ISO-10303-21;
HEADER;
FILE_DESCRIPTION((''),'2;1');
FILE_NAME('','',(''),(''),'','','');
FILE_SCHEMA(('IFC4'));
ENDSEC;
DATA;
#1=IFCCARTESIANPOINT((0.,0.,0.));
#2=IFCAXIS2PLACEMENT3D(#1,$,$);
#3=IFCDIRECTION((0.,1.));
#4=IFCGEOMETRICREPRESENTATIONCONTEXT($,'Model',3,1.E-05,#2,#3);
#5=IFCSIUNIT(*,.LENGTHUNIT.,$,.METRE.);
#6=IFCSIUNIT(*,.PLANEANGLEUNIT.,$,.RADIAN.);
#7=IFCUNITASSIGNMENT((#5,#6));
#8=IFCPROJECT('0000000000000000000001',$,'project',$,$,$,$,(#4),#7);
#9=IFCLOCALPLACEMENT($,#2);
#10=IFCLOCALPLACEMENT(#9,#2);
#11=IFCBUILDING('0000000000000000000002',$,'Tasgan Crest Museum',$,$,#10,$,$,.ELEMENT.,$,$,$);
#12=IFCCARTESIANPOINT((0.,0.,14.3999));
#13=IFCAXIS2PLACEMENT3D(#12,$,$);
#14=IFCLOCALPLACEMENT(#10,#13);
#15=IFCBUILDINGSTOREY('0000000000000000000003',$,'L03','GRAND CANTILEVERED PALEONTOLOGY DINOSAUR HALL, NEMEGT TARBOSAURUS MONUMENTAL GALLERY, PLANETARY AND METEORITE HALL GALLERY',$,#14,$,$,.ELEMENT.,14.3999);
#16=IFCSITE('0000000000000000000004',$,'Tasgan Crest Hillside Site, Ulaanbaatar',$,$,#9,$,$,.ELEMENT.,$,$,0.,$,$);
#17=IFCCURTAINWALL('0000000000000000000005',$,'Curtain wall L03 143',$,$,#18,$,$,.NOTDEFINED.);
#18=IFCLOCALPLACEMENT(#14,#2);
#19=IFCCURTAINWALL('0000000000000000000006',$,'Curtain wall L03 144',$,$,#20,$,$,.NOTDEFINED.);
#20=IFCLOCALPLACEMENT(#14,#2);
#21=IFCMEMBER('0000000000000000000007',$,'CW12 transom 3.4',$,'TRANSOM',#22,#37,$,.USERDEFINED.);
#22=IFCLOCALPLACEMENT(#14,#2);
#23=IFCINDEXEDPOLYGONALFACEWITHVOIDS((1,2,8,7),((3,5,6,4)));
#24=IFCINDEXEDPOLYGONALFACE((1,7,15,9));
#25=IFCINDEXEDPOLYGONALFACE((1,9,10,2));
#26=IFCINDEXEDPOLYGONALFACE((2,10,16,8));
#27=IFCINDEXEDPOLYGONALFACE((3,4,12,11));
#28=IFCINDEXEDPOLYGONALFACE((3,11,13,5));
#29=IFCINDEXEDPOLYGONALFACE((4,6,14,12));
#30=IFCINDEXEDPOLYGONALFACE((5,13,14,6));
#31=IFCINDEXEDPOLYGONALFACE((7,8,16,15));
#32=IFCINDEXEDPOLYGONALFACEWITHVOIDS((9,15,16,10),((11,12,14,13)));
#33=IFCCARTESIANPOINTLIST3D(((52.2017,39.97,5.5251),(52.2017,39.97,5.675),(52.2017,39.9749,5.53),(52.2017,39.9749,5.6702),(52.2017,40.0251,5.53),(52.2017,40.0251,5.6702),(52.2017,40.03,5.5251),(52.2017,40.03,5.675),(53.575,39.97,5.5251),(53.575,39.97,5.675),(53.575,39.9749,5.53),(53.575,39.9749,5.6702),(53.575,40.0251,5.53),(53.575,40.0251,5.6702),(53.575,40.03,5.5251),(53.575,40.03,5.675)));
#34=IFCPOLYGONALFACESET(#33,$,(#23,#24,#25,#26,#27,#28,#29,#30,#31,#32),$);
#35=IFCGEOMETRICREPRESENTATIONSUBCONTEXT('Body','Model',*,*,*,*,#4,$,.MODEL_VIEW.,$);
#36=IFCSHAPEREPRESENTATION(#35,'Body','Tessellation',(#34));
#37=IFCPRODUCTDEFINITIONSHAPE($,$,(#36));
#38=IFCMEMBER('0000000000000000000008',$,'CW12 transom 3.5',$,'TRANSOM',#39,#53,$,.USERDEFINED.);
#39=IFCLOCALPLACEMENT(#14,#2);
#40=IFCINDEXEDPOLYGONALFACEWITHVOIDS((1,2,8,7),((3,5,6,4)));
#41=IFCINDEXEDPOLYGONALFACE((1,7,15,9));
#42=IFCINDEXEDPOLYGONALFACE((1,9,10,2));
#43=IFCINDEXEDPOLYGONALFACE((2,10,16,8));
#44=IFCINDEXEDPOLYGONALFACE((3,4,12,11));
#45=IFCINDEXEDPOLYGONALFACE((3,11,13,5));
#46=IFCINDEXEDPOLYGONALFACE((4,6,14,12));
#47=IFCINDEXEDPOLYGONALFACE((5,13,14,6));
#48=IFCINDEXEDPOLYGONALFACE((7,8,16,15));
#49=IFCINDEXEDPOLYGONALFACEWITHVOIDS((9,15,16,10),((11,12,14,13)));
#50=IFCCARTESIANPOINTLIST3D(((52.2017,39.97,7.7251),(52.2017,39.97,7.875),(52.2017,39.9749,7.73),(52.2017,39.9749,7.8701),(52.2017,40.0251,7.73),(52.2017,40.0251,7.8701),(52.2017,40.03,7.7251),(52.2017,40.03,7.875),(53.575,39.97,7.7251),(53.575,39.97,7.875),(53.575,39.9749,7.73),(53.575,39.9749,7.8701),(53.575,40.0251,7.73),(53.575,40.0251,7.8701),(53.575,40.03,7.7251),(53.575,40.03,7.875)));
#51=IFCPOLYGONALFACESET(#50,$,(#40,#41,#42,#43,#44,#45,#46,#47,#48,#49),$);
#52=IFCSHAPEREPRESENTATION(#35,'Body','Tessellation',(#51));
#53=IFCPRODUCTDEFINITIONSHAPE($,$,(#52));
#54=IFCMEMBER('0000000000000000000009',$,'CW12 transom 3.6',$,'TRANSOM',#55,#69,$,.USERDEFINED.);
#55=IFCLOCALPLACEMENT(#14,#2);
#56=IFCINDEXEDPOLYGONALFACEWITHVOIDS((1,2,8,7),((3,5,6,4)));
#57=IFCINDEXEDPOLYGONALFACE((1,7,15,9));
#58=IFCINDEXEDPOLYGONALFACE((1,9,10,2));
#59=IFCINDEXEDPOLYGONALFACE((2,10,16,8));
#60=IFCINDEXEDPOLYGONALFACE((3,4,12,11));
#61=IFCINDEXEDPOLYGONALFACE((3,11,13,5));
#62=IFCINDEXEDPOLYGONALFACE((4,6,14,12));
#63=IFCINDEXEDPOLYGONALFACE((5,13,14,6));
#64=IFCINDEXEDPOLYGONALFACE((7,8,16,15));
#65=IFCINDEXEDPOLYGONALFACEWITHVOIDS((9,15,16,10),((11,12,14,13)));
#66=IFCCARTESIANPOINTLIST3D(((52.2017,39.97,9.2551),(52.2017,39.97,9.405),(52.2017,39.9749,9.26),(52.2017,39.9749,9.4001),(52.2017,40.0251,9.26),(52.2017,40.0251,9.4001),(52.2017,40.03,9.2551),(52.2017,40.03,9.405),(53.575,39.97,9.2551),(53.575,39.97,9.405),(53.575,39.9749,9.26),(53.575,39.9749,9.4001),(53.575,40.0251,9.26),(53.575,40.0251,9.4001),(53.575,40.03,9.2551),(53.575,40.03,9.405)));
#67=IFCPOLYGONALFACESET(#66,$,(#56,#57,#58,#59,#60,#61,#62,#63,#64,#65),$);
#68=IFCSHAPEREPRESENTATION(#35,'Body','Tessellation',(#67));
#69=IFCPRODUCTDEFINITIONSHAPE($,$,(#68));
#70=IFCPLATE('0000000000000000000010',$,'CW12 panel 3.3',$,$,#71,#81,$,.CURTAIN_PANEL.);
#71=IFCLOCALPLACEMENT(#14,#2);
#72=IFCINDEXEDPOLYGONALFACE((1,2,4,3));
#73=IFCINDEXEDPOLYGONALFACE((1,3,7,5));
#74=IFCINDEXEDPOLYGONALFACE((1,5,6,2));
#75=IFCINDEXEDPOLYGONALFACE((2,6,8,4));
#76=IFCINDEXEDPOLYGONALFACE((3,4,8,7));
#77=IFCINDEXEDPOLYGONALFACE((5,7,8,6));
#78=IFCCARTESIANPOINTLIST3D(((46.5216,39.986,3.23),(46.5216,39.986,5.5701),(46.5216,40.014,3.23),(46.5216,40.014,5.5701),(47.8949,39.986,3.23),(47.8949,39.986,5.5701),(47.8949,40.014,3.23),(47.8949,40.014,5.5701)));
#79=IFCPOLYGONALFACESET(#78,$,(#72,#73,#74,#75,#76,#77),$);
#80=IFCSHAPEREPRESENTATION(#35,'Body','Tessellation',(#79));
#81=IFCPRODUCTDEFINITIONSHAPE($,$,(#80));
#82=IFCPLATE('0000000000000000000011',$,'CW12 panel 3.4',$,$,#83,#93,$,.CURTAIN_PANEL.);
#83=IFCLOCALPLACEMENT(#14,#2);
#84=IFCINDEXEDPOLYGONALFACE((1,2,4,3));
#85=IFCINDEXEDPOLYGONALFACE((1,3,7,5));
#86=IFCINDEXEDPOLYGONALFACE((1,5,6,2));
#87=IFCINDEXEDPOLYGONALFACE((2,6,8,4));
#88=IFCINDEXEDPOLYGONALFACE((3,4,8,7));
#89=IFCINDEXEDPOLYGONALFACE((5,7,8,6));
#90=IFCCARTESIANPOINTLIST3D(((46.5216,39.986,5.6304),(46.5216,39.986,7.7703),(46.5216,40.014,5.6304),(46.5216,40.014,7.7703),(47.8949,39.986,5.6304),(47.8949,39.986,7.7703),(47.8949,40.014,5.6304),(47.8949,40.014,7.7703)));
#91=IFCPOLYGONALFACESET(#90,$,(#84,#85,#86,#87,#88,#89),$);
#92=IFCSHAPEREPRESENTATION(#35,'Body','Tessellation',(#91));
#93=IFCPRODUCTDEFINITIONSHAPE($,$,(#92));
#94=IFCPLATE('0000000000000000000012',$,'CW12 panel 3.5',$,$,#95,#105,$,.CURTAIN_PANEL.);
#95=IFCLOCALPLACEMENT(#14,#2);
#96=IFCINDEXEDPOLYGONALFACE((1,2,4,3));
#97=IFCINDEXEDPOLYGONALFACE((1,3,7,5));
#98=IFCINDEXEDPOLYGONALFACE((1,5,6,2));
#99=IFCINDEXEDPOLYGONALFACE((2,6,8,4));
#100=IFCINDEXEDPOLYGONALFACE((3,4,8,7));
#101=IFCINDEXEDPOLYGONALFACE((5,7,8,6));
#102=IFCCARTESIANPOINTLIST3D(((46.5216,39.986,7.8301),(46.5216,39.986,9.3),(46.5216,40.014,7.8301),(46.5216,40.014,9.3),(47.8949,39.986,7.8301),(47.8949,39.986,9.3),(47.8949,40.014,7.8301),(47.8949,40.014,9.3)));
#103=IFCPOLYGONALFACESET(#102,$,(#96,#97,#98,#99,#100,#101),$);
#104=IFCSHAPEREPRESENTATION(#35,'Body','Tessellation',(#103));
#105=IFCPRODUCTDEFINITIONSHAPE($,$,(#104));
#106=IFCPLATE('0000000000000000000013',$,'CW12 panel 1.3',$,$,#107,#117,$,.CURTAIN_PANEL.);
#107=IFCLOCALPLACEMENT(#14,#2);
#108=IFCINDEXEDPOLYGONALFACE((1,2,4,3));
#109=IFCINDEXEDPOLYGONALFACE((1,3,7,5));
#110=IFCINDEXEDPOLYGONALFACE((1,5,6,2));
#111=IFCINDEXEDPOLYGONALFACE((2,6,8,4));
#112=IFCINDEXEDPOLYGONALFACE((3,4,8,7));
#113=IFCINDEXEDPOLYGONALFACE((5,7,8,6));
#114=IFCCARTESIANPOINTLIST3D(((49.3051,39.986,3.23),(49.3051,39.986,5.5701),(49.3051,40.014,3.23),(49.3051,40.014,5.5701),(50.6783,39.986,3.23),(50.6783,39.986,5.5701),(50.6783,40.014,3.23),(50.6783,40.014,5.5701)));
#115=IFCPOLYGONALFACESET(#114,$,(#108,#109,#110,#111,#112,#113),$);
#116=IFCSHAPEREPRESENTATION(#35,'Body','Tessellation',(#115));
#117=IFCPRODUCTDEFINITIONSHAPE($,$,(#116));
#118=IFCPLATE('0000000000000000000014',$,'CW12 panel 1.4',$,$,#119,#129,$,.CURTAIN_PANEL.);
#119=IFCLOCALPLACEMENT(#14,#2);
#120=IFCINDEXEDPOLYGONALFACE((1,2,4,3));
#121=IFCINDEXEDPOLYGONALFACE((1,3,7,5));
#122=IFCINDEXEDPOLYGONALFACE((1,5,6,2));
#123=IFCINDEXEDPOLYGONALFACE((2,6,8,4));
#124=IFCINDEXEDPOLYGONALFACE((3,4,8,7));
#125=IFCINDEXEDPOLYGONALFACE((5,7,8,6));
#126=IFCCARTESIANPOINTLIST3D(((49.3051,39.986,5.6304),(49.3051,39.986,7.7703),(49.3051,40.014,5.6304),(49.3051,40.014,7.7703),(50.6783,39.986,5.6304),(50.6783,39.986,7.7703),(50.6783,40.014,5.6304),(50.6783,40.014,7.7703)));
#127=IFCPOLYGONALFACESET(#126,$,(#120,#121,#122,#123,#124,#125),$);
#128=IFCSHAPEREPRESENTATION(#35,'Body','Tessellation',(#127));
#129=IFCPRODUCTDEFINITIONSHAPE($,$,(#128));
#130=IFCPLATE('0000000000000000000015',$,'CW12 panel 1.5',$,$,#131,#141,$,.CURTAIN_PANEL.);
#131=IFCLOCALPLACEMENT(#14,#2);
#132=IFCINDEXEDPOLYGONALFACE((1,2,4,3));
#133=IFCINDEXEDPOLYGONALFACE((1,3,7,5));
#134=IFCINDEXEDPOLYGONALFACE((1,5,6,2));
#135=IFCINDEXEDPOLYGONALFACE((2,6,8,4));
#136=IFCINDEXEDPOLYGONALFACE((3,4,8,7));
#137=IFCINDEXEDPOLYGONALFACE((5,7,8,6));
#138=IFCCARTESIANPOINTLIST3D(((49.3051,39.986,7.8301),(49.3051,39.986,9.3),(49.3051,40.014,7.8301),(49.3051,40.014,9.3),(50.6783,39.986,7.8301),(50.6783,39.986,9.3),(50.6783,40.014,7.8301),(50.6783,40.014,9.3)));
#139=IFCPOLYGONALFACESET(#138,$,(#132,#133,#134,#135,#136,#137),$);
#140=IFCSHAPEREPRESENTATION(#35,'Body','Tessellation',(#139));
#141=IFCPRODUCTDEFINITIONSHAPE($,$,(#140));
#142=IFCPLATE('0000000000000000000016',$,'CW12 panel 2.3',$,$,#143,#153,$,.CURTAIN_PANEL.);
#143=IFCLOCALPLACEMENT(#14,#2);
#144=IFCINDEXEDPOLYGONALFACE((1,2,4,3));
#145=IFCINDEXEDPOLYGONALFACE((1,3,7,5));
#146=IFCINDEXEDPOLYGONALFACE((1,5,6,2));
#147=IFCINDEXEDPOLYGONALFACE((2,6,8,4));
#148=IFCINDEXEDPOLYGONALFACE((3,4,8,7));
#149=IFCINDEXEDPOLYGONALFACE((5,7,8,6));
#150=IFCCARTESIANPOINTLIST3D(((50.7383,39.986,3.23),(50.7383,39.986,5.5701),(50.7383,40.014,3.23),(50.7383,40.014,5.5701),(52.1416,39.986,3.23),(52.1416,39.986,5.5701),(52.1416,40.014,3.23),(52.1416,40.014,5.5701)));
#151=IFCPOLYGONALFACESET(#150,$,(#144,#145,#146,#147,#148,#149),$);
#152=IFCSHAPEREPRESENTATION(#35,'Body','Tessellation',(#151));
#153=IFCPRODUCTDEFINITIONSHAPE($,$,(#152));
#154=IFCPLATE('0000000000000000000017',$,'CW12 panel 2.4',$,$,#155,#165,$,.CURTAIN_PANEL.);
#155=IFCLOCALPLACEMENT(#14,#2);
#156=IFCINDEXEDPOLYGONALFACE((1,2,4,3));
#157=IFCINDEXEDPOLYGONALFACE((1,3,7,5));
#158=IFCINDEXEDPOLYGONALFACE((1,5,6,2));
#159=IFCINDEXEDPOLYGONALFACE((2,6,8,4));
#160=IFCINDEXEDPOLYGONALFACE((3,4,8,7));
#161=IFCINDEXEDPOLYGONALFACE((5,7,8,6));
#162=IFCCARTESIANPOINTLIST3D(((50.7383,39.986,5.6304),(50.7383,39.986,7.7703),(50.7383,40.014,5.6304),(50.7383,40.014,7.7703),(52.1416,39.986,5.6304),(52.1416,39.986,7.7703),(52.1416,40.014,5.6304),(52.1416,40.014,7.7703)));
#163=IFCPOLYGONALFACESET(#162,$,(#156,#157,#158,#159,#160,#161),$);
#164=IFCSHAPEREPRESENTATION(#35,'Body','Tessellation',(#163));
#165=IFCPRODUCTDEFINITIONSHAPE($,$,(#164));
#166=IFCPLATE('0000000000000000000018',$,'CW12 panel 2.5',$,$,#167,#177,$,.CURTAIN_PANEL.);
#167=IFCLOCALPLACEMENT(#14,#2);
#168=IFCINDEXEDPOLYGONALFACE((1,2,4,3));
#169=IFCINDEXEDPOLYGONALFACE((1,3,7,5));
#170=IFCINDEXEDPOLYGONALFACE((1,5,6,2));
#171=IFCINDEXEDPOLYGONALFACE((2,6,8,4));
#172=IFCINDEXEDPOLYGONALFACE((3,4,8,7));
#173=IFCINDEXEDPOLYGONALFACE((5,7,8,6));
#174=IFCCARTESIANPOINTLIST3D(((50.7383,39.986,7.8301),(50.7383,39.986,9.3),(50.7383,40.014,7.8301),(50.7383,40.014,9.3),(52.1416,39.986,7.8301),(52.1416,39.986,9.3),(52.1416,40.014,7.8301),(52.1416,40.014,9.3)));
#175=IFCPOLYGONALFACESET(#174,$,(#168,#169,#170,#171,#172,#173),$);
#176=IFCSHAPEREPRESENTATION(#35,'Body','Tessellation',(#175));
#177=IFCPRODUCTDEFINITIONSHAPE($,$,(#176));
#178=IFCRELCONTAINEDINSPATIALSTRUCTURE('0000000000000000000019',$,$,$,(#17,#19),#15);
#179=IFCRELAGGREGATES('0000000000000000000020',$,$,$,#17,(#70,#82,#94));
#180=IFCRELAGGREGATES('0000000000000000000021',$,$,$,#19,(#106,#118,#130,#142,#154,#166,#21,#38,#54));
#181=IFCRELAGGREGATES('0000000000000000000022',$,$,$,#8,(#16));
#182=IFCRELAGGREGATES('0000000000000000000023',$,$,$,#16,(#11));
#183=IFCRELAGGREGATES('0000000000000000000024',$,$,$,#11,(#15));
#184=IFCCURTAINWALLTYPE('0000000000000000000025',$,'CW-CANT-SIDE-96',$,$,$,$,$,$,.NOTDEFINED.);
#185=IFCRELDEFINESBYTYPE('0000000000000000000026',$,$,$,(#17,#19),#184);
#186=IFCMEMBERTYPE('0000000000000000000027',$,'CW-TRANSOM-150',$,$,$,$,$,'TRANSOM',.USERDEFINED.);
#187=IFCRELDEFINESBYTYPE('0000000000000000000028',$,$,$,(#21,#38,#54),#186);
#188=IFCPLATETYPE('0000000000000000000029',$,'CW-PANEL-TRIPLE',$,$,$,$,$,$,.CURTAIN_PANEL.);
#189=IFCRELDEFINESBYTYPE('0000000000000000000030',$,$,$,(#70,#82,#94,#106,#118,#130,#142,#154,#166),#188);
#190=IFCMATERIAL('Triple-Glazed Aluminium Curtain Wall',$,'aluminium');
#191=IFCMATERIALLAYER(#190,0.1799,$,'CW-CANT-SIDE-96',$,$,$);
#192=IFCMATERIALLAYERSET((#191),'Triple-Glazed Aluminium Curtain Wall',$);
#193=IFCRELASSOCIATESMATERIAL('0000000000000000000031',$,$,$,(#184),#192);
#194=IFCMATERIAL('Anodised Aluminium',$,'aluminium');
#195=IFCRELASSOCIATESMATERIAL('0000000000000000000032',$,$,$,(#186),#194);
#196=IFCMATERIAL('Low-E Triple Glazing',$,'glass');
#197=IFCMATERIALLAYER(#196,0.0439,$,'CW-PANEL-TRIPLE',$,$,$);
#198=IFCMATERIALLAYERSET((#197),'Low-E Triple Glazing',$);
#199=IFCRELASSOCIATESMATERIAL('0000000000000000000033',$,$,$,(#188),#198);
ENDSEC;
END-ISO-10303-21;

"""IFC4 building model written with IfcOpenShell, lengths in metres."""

from ifc_helpers import new_model, si_unit, direction, frame, origin, origin_2d, place, context, subcontext, project, spatial, rectangle, hollow_rectangle, extrude, material, layer, layer_set, material_profile, profile_set, type_object, element, aggregate, save


model = new_model("IFC4")

# Units and contexts
model_context = context("Model", 3, precision=1e-05, world=origin(), true_north=direction((0.0, 1.0)))
body_context = subcontext(model_context, "Body", "Model", "MODEL_VIEW")
ifc_project = project(units=[si_unit("LENGTHUNIT", "METRE"), si_unit("PLANEANGLEUNIT", "RADIAN")], contexts=[model_context])

# Site, building, storey
site_placement = place(None, origin())
site = spatial("IfcSite", under=ifc_project, at=site_placement, Name="Tasgan Crest Hillside Site, Ulaanbaatar", CompositionType="ELEMENT", RefElevation=0.0)
building_placement = place(site_placement, origin())
building = spatial("IfcBuilding", under=site, at=building_placement, Name="Tasgan Crest Museum", CompositionType="ELEMENT")
storey_placement = place(building_placement, frame((0.0, 0.0, 14.3999)))
storey = spatial("IfcBuildingStorey", under=building, at=storey_placement, Name="L03", Description="GRAND CANTILEVERED PALEONTOLOGY DINOSAUR HALL, NEMEGT TARBOSAURUS MONUMENTAL GALLERY, PLANETARY AND METEORITE HALL GALLERY", CompositionType="ELEMENT", Elevation=14.3999)

# Curtain walls, members
ifc_material_1 = material(Name="Triple-Glazed Aluminium Curtain Wall", Category="aluminium")
ifc_layer_1 = layer(ifc_material_1, 0.1799, Name="CW-CANT-SIDE-96")
ifc_layer_set_1 = layer_set([ifc_layer_1], Name="Triple-Glazed Aluminium Curtain Wall")
curtain_wall_type = type_object("IfcCurtainWallType", Name="CW-CANT-SIDE-96", PredefinedType="NOTDEFINED", material=ifc_layer_set_1)
curtain_wall_1_placement = place(storey_placement, origin())
curtain_wall_1 = element("IfcCurtainWall", 1, at=curtain_wall_1_placement, inside=storey, type_object=curtain_wall_type, Name="Curtain wall L03 143", PredefinedType="NOTDEFINED")
ifc_material_2 = material(Name="Anodised Aluminium", Category="aluminium")
ifc_material_profile = material_profile(ifc_material_2, hollow_rectangle(XDim=0.0601, YDim=0.1499, WallThickness=0.0049, at=origin_2d()), Name="ALU TRANSOM 150x60x5")
ifc_profile_set = profile_set([ifc_material_profile], Name="Anodised Aluminium")
member_type = type_object("IfcMemberType", Name="CW-TRANSOM-150", ElementType="TRANSOM", PredefinedType="USERDEFINED", material=ifc_profile_set)
curtain_wall_2_placement = place(storey_placement, origin())
curtain_wall_2 = element("IfcCurtainWall", 2, at=curtain_wall_2_placement, inside=storey, type_object=curtain_wall_type, Name="Curtain wall L03 144", PredefinedType="NOTDEFINED")
member_1_placement = place(storey_placement, frame((52.2017, 40.0, 5.6001), z_axis=(1.0, 0.0, 0.0), x_axis=(0.0, 1.0, 0.0)))
member_1 = element("IfcMember", 3, at=member_1_placement, type_object=member_type, Name="CW12 transom 3.4", ObjectType="TRANSOM", PredefinedType="USERDEFINED", context=body_context, shape_type="SweptSolid", body=[
    extrude(hollow_rectangle(XDim=0.0601, YDim=0.1499, WallThickness=0.0049, at=origin_2d()), origin(), (0.0, 0.0, 1.0), 1.3733),
])
member_2_placement = place(storey_placement, frame((52.2017, 40.0, 7.8), z_axis=(1.0, 0.0, 0.0), x_axis=(0.0, 1.0, 0.0)))
member_2 = element("IfcMember", 4, at=member_2_placement, type_object=member_type, Name="CW12 transom 3.5", ObjectType="TRANSOM", PredefinedType="USERDEFINED", context=body_context, shape_type="SweptSolid", body=[
    extrude(hollow_rectangle(XDim=0.0601, YDim=0.1499, WallThickness=0.0049, at=origin_2d()), origin(), (0.0, 0.0, 1.0), 1.3733),
])
member_3_placement = place(storey_placement, frame((52.2017, 40.0, 9.3301), z_axis=(1.0, 0.0, 0.0), x_axis=(0.0, 1.0, 0.0)))
member_3 = element("IfcMember", 5, at=member_3_placement, type_object=member_type, Name="CW12 transom 3.6", ObjectType="TRANSOM", PredefinedType="USERDEFINED", context=body_context, shape_type="SweptSolid", body=[
    extrude(hollow_rectangle(XDim=0.0601, YDim=0.1499, WallThickness=0.0049, at=origin_2d()), origin(), (0.0, 0.0, 1.0), 1.3733),
])

# Plates
ifc_material_3 = material(Name="Low-E Triple Glazing", Category="glass")
ifc_layer_2 = layer(ifc_material_3, 0.0439, Name="CW-PANEL-TRIPLE")
ifc_layer_set_2 = layer_set([ifc_layer_2], Name="Low-E Triple Glazing")
plate_type = type_object("IfcPlateType", Name="CW-PANEL-TRIPLE", PredefinedType="CURTAIN_PANEL", material=ifc_layer_set_2)
plate_1_placement = place(storey_placement, frame((47.2083, 40.0, 3.23), z_axis=(0.0, 0.0, 1.0), x_axis=(1.0, 0.0, 0.0)))
plate_1 = element("IfcPlate", 6, at=plate_1_placement, type_object=plate_type, Name="CW12 panel 3.3", PredefinedType="CURTAIN_PANEL", context=body_context, shape_type="SweptSolid", body=[
    extrude(rectangle(XDim=1.3733, YDim=0.0281, at=origin_2d()), origin(), (0.0, 0.0, 1.0), 2.3401),
])
plate_2_placement = place(storey_placement, frame((47.2083, 40.0, 5.6304), z_axis=(0.0, 0.0, 1.0), x_axis=(1.0, 0.0, 0.0)))
plate_2 = element("IfcPlate", 7, at=plate_2_placement, type_object=plate_type, Name="CW12 panel 3.4", PredefinedType="CURTAIN_PANEL", context=body_context, shape_type="SweptSolid", body=[
    extrude(rectangle(XDim=1.3733, YDim=0.0281, at=origin_2d()), origin(), (0.0, 0.0, 1.0), 2.1399),
])
plate_3_placement = place(storey_placement, frame((47.2083, 40.0, 7.8301), z_axis=(0.0, 0.0, 1.0), x_axis=(1.0, 0.0, 0.0)))
plate_3 = element("IfcPlate", 8, at=plate_3_placement, type_object=plate_type, Name="CW12 panel 3.5", PredefinedType="CURTAIN_PANEL", context=body_context, shape_type="SweptSolid", body=[
    extrude(rectangle(XDim=1.3733, YDim=0.0281, at=origin_2d()), origin(), (0.0, 0.0, 1.0), 1.47),
])
aggregate(curtain_wall_1, [plate_1, plate_2, plate_3])
plate_4_placement = place(storey_placement, frame((49.9917, 40.0, 3.23), z_axis=(0.0, 0.0, 1.0), x_axis=(1.0, 0.0, 0.0)))
plate_4 = element("IfcPlate", 9, at=plate_4_placement, type_object=plate_type, Name="CW12 panel 1.3", PredefinedType="CURTAIN_PANEL", context=body_context, shape_type="SweptSolid", body=[
    extrude(rectangle(XDim=1.3733, YDim=0.0281, at=origin_2d()), origin(), (0.0, 0.0, 1.0), 2.3401),
])
plate_5_placement = place(storey_placement, frame((49.9917, 40.0, 5.6304), z_axis=(0.0, 0.0, 1.0), x_axis=(1.0, 0.0, 0.0)))
plate_5 = element("IfcPlate", 10, at=plate_5_placement, type_object=plate_type, Name="CW12 panel 1.4", PredefinedType="CURTAIN_PANEL", context=body_context, shape_type="SweptSolid", body=[
    extrude(rectangle(XDim=1.3733, YDim=0.0281, at=origin_2d()), origin(), (0.0, 0.0, 1.0), 2.1399),
])
plate_6_placement = place(storey_placement, frame((49.9917, 40.0, 7.8301), z_axis=(0.0, 0.0, 1.0), x_axis=(1.0, 0.0, 0.0)))
plate_6 = element("IfcPlate", 11, at=plate_6_placement, type_object=plate_type, Name="CW12 panel 1.5", PredefinedType="CURTAIN_PANEL", context=body_context, shape_type="SweptSolid", body=[
    extrude(rectangle(XDim=1.3733, YDim=0.0281, at=origin_2d()), origin(), (0.0, 0.0, 1.0), 1.47),
])
plate_7_placement = place(storey_placement, frame((51.4399, 40.0, 3.23), z_axis=(0.0, 0.0, 1.0), x_axis=(1.0, 0.0, 0.0)))
plate_7 = element("IfcPlate", 12, at=plate_7_placement, type_object=plate_type, Name="CW12 panel 2.3", PredefinedType="CURTAIN_PANEL", context=body_context, shape_type="SweptSolid", body=[
    extrude(rectangle(XDim=1.4033, YDim=0.0281, at=origin_2d()), origin(), (0.0, 0.0, 1.0), 2.3401),
])
plate_8_placement = place(storey_placement, frame((51.4399, 40.0, 5.6304), z_axis=(0.0, 0.0, 1.0), x_axis=(1.0, 0.0, 0.0)))
plate_8 = element("IfcPlate", 13, at=plate_8_placement, type_object=plate_type, Name="CW12 panel 2.4", PredefinedType="CURTAIN_PANEL", context=body_context, shape_type="SweptSolid", body=[
    extrude(rectangle(XDim=1.4033, YDim=0.0281, at=origin_2d()), origin(), (0.0, 0.0, 1.0), 2.1399),
])
plate_9_placement = place(storey_placement, frame((51.4399, 40.0, 7.8301), z_axis=(0.0, 0.0, 1.0), x_axis=(1.0, 0.0, 0.0)))
plate_9 = element("IfcPlate", 14, at=plate_9_placement, type_object=plate_type, Name="CW12 panel 2.5", PredefinedType="CURTAIN_PANEL", context=body_context, shape_type="SweptSolid", body=[
    extrude(rectangle(XDim=1.4033, YDim=0.0281, at=origin_2d()), origin(), (0.0, 0.0, 1.0), 1.47),
])
aggregate(curtain_wall_2, [plate_4, plate_5, plate_6, plate_7, plate_8, plate_9, member_1, member_2, member_3])

save(model, "model.ifc")
